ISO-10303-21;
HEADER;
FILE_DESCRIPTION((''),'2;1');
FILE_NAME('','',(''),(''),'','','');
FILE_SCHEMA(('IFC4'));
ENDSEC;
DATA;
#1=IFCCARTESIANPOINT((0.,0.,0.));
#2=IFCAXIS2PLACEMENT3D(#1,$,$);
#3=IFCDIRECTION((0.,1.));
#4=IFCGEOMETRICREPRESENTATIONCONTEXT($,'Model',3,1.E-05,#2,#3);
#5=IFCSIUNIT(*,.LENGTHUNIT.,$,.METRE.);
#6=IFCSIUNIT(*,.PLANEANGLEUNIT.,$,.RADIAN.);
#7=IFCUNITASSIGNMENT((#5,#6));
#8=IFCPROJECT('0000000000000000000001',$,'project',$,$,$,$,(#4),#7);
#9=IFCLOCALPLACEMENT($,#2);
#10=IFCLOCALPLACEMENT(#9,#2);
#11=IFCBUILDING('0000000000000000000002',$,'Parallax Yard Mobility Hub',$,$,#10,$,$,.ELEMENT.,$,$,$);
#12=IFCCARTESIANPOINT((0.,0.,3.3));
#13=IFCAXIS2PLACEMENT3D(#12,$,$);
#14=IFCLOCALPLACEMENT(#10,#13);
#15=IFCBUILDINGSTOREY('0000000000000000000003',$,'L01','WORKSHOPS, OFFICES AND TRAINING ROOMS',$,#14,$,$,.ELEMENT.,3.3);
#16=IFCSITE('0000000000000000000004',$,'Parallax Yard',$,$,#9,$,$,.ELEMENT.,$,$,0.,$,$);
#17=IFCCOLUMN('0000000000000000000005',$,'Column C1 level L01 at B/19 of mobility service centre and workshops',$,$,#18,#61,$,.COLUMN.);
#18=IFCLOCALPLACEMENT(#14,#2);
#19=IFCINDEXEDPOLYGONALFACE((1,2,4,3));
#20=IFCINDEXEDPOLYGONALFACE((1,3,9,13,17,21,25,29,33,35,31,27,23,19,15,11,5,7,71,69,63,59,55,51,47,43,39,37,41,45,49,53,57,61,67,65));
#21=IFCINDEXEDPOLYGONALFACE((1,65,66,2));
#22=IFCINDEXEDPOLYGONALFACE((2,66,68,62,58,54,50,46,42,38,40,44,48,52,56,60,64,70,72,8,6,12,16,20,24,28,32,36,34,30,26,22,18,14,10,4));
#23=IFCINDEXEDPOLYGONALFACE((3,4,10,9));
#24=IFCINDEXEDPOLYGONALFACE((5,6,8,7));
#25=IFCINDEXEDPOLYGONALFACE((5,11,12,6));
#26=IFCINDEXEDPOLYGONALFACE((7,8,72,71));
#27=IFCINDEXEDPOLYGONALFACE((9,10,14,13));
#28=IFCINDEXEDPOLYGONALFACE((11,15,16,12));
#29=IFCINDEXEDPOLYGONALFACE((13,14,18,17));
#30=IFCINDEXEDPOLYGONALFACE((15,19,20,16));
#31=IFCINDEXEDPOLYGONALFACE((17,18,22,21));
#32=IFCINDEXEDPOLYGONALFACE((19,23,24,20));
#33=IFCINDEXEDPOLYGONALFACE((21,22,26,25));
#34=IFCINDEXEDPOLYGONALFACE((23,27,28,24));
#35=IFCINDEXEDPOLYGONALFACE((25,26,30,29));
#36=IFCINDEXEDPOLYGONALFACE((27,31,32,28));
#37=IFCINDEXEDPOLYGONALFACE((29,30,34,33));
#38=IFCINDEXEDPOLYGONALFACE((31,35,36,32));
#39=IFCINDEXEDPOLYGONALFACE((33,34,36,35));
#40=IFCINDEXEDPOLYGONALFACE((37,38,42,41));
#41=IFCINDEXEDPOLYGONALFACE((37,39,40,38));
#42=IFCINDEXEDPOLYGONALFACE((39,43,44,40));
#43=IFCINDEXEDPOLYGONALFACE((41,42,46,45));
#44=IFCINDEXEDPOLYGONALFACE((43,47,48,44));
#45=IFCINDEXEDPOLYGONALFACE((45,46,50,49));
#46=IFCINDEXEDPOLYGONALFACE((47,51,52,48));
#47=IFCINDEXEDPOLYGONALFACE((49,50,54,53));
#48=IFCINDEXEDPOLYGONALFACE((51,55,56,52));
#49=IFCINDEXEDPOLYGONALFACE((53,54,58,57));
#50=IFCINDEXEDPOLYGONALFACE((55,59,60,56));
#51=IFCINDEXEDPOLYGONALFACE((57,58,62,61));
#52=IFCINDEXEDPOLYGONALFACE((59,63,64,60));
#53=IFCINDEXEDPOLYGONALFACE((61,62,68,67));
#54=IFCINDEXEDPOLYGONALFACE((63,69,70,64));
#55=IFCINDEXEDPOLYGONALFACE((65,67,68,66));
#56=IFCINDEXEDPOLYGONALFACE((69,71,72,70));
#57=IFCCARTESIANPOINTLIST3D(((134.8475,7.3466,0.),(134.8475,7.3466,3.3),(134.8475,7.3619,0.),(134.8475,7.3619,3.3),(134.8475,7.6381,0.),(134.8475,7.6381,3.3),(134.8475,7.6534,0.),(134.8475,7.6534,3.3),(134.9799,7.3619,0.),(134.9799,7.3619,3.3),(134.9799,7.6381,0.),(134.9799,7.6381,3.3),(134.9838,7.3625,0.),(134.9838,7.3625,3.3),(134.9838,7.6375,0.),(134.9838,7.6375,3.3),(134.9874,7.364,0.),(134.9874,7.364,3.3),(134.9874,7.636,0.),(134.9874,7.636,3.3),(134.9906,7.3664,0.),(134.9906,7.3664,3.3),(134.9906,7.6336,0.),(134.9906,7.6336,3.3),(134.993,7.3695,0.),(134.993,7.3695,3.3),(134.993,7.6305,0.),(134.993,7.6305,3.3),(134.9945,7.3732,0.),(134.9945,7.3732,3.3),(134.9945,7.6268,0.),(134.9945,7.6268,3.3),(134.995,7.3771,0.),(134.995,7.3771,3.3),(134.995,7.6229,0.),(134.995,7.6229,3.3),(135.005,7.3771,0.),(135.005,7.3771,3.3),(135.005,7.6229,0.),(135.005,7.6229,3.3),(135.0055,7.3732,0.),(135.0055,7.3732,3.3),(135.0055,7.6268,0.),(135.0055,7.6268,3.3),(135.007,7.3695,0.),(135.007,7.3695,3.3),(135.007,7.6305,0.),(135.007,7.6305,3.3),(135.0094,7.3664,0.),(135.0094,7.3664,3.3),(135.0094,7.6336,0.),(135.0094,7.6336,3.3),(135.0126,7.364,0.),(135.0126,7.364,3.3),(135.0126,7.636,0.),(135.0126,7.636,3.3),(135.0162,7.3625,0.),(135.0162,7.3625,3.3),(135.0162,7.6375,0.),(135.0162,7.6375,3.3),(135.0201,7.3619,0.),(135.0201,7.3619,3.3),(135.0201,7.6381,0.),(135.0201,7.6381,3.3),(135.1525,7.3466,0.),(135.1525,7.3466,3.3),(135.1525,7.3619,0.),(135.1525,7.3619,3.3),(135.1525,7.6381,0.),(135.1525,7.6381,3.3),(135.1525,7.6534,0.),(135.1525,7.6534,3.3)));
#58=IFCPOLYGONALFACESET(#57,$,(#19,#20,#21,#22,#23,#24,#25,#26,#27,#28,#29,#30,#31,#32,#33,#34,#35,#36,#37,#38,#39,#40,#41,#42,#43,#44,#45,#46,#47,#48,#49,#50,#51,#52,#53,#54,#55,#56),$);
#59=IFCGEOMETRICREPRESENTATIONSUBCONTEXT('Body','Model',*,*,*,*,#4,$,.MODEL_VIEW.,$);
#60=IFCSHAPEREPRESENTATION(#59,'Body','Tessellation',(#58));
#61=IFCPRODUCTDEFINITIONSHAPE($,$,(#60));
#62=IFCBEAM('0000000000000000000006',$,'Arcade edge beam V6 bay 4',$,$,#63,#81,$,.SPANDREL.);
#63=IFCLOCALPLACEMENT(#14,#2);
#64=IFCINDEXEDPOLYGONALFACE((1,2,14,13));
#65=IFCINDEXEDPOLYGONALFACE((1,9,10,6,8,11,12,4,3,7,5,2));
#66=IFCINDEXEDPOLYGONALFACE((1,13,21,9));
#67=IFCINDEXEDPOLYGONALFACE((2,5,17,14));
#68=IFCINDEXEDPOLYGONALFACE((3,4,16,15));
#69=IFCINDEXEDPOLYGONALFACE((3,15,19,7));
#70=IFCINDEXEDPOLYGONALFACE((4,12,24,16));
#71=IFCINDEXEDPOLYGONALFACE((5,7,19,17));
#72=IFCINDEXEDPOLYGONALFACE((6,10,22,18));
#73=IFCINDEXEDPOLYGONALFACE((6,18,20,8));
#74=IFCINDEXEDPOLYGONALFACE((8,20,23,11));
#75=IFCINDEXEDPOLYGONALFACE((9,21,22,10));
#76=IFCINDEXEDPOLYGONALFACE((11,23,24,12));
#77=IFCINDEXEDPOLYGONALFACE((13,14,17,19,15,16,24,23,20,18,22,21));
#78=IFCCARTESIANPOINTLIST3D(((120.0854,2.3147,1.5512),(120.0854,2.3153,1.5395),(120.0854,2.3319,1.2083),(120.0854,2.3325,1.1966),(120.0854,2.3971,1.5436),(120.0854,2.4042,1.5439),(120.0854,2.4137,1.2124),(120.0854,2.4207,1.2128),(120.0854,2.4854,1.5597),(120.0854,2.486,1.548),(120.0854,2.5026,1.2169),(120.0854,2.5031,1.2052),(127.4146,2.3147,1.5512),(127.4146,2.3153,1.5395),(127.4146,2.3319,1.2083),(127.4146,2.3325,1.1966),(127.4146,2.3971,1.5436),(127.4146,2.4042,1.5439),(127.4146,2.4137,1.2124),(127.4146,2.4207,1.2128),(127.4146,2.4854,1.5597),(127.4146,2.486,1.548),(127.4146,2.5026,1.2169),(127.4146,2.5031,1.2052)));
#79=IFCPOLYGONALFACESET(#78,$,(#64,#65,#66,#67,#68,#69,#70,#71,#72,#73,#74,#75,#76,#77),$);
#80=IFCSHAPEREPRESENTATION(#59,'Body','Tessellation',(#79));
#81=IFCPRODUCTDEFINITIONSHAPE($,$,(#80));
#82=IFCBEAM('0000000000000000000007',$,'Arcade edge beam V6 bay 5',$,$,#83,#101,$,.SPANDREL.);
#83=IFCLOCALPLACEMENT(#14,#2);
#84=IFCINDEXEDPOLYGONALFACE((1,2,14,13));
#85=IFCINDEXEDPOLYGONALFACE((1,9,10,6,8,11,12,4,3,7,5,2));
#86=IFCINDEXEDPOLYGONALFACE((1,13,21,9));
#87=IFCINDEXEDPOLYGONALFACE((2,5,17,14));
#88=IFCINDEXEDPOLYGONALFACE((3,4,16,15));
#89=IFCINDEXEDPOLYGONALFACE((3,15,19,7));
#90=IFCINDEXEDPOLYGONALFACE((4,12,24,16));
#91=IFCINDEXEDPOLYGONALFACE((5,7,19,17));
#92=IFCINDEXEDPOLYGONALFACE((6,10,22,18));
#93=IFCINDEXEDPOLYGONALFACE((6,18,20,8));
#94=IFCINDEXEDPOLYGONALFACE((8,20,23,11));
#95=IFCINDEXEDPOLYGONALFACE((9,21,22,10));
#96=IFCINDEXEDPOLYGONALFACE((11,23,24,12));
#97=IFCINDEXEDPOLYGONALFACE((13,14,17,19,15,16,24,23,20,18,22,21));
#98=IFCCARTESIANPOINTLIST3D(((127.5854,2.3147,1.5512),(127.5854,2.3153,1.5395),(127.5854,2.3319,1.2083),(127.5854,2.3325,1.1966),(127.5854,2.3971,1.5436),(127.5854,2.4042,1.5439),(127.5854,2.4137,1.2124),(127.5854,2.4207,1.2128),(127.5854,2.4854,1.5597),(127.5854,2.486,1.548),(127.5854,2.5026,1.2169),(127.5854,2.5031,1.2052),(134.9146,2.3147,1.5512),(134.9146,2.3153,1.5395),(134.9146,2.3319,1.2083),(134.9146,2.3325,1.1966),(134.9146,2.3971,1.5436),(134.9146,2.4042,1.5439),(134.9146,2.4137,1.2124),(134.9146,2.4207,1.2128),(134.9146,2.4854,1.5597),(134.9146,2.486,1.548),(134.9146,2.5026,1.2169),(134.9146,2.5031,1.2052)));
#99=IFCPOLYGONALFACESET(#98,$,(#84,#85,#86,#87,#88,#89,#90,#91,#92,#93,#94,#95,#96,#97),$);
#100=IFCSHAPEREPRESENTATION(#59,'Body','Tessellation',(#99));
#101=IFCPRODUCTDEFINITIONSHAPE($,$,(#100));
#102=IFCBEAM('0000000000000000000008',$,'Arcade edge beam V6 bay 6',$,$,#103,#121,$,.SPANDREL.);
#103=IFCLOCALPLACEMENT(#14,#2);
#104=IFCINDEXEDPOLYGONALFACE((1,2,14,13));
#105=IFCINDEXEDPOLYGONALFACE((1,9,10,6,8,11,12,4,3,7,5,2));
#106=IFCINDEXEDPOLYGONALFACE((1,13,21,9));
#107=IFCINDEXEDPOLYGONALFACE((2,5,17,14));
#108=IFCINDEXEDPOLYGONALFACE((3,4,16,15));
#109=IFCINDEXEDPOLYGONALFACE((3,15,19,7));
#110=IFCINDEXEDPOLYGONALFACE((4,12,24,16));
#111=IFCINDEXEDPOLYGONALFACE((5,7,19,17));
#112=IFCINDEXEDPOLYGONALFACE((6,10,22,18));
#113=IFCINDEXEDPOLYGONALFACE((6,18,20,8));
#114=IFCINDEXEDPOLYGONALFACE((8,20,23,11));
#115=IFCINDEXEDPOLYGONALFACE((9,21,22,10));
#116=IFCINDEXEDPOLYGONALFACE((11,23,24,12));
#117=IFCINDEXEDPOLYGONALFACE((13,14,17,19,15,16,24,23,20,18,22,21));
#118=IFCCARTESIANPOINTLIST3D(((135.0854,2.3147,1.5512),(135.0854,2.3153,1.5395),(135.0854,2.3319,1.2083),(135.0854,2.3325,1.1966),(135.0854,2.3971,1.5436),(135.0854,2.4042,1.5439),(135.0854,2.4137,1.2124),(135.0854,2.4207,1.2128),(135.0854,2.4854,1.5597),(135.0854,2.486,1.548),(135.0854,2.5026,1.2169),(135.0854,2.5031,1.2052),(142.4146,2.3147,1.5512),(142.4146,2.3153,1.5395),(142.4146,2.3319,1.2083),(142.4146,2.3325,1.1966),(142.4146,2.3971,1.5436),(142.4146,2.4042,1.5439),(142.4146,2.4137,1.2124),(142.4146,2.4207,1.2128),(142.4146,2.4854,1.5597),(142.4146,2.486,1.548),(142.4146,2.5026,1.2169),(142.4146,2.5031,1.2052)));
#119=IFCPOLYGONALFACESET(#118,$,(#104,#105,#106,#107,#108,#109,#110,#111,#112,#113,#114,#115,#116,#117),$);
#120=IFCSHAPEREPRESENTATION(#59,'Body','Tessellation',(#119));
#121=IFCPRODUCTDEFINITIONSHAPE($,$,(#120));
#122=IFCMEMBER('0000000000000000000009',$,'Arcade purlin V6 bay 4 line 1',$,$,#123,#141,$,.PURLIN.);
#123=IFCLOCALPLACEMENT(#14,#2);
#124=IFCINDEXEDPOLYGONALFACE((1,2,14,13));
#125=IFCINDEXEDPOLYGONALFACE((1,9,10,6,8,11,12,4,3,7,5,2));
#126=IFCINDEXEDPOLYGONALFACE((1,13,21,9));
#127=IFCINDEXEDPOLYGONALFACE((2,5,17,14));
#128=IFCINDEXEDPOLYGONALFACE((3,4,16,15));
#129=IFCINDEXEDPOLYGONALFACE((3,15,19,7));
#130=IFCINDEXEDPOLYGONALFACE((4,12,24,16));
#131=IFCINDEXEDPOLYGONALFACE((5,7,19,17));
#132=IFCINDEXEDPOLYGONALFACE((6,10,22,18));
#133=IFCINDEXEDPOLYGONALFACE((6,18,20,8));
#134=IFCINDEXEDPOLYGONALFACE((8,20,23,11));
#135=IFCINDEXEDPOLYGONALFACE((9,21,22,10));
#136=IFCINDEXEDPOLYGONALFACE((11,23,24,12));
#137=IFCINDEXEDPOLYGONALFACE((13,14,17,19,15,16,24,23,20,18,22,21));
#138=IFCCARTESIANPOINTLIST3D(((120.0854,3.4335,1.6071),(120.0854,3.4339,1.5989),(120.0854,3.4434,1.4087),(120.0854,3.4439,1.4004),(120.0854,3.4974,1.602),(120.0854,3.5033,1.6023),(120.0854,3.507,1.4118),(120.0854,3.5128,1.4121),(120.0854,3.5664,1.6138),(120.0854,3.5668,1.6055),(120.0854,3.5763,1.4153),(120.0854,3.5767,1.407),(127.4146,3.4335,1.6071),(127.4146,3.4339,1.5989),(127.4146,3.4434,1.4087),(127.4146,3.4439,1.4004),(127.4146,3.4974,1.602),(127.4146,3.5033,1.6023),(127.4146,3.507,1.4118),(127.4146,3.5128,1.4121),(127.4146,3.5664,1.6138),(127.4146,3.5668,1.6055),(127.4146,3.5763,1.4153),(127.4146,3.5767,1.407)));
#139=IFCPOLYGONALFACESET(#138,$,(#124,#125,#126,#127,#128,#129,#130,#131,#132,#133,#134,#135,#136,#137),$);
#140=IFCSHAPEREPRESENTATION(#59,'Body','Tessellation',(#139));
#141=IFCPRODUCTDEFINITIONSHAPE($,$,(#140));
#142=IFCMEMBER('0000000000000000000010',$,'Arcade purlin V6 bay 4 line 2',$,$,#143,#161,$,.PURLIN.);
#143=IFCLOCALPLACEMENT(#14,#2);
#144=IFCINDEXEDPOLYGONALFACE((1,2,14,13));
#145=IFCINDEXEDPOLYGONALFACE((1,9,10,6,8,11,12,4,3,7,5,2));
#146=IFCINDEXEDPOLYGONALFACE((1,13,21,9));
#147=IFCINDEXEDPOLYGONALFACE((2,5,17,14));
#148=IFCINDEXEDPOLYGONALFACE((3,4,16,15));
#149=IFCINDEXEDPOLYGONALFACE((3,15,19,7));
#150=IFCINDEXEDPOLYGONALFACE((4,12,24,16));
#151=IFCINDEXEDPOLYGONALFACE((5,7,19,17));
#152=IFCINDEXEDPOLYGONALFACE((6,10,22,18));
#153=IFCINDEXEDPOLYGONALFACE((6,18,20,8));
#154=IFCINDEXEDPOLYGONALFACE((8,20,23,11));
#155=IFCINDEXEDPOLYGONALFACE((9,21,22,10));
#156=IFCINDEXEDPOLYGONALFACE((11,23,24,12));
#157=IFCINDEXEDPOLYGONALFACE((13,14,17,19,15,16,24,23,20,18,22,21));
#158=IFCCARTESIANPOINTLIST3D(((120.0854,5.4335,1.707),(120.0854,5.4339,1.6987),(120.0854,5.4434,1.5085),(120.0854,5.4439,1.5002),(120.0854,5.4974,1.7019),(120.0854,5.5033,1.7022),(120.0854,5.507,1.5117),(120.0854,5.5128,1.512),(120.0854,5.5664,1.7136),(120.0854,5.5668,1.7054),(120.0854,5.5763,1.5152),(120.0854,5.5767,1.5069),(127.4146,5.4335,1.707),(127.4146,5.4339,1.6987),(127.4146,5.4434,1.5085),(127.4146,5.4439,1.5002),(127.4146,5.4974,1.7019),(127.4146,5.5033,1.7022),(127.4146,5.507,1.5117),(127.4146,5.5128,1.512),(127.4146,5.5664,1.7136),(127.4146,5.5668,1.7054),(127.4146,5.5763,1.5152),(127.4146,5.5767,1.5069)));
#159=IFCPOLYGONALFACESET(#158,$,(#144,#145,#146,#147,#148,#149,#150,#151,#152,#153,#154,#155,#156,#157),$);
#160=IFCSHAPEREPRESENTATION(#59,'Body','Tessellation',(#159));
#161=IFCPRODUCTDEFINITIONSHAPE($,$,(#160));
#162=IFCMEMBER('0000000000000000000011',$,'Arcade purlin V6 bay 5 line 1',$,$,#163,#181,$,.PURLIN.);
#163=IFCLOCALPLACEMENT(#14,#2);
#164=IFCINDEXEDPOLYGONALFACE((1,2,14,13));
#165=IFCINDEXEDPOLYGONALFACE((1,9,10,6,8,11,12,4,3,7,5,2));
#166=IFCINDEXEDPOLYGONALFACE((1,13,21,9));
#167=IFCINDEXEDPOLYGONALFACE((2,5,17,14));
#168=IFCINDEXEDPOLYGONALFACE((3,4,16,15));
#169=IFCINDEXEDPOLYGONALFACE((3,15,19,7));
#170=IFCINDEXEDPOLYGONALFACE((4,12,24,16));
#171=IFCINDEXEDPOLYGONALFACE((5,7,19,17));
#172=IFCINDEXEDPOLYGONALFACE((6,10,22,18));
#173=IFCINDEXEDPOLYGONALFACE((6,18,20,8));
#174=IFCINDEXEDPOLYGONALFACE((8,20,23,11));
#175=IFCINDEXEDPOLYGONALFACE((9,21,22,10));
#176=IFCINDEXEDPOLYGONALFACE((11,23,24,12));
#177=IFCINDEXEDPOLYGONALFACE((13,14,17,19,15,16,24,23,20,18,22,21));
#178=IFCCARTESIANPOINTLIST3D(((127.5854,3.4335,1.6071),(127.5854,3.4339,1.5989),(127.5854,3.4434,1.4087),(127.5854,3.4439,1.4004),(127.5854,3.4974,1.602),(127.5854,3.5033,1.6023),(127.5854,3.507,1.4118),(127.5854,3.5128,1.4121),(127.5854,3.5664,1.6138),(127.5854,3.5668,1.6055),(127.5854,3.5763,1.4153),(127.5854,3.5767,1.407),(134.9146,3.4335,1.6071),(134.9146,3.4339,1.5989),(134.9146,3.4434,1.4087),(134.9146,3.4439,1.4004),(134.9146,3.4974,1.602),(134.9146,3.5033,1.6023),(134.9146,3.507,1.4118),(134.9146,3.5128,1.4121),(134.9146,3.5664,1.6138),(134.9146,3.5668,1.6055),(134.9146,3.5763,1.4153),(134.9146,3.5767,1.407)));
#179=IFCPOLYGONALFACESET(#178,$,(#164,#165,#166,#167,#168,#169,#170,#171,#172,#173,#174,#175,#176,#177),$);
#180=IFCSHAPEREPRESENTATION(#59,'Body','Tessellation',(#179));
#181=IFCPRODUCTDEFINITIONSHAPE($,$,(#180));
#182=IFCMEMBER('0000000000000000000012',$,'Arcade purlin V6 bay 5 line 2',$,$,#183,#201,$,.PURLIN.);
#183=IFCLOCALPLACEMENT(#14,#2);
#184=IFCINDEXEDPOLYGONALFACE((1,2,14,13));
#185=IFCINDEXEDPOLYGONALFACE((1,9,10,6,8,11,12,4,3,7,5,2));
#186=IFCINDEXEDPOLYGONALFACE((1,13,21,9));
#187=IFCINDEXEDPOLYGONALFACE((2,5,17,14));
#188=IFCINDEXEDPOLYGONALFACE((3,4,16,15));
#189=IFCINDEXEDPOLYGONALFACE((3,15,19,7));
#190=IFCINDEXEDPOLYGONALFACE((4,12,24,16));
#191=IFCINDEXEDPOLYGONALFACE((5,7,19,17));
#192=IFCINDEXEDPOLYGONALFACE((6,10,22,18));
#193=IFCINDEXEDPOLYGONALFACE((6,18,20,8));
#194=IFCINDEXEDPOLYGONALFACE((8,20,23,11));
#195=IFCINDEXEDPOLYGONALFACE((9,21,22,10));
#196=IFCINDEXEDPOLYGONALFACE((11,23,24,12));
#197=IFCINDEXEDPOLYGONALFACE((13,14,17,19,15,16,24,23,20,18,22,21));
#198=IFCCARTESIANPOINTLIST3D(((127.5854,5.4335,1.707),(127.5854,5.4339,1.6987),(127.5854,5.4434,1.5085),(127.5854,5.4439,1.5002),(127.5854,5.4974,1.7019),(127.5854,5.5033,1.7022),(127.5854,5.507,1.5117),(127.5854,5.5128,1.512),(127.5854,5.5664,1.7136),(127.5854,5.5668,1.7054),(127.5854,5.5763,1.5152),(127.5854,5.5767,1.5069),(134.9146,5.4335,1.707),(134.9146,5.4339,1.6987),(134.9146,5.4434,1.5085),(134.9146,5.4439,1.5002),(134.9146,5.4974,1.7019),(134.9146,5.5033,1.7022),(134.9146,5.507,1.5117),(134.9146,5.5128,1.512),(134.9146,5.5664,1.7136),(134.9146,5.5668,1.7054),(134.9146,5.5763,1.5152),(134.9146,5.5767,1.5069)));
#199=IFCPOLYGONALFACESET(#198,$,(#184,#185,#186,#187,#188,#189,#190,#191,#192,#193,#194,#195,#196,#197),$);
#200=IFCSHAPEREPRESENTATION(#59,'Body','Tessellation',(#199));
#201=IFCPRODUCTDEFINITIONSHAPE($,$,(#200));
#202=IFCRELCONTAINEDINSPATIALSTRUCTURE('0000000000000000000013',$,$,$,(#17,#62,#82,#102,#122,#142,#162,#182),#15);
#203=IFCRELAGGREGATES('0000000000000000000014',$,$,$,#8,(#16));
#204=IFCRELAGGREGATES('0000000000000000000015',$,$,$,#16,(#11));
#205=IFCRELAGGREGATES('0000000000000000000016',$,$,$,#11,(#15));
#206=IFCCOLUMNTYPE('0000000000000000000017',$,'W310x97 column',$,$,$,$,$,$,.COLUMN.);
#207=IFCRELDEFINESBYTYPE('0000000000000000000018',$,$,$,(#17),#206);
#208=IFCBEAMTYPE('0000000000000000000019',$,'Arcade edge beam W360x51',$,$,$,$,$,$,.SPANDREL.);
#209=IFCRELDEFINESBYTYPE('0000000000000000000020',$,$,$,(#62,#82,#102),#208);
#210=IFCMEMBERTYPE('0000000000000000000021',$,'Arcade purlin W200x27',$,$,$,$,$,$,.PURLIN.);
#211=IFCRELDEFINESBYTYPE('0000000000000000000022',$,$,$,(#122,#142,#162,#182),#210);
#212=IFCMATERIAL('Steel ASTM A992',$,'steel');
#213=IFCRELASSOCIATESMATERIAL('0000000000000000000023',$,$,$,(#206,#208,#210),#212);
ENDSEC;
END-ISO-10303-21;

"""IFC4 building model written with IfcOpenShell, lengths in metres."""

from ifc_helpers import new_model, si_unit, direction, frame, origin, origin_2d, place, context, subcontext, project, spatial, i_section, extrude, material, material_profile, profile_set, type_object, element, save


model = new_model("IFC4")

# Units and contexts
model_context = context("Model", 3, precision=1e-05, world=origin(), true_north=direction((0.0, 1.0)))
body_context = subcontext(model_context, "Body", "Model", "MODEL_VIEW")
ifc_project = project(units=[si_unit("LENGTHUNIT", "METRE"), si_unit("PLANEANGLEUNIT", "RADIAN")], contexts=[model_context])

# Site, building, storey
site_placement = place(None, origin())
site = spatial("IfcSite", under=ifc_project, at=site_placement, Name="Parallax Yard", CompositionType="ELEMENT", RefElevation=0.0)
building_placement = place(site_placement, origin())
building = spatial("IfcBuilding", under=site, at=building_placement, Name="Parallax Yard Mobility Hub", CompositionType="ELEMENT")
storey_placement = place(building_placement, frame((0.0, 0.0, 3.3)))
storey = spatial("IfcBuildingStorey", under=building, at=storey_placement, Name="L01", Description="WORKSHOPS, OFFICES AND TRAINING ROOMS", CompositionType="ELEMENT", Elevation=3.3)

# Column
ifc_material_1 = material(Name="Steel ASTM A992", Category="steel")
ifc_material_profile_1 = material_profile(ifc_material_1, i_section(OverallWidth=0.3049, OverallDepth=0.3069, WebThickness=0.01, FlangeThickness=0.0154, FilletRadius=0.0151, at=origin_2d()), Name="W310x97")
ifc_profile_set_1 = profile_set([ifc_material_profile_1], Name="Steel ASTM A992")
column_type_1 = type_object("IfcColumnType", Name="W310x97 column", PredefinedType="COLUMN", material=ifc_profile_set_1)
for number, where, z_axis, x_axis, name in (
    (1, (135.0, 7.5, 0.0), (0.0, 0.0, 1.0), (1.0, 0.0, 0.0), "Column C1 level L01 at B/19 of mobility service centre and workshops"),
):
    element("IfcColumn", number, at=place(storey_placement, frame(where, z_axis=z_axis, x_axis=x_axis)), inside=storey, type_object=column_type_1, Name=name, PredefinedType="COLUMN", context=body_context, shape_type="SweptSolid", body=[
        extrude(i_section(OverallWidth=0.3049, OverallDepth=0.3069, WebThickness=0.01, FlangeThickness=0.0154, FilletRadius=0.0151, at=origin_2d()), origin(), (0.0, 0.0, 1.0), 3.3),
    ])

# Beams
ifc_material_profile_2 = material_profile(ifc_material_1, i_section(OverallWidth=0.1709, OverallDepth=0.355, WebThickness=0.0071, FlangeThickness=0.0117, at=origin_2d()), Name="W360x51")
ifc_profile_set_2 = profile_set([ifc_material_profile_2], Name="Steel ASTM A992")
beam_type_1 = type_object("IfcBeamType", Name="Arcade edge beam W360x51", PredefinedType="SPANDREL", material=ifc_profile_set_2)
for number, where, z_axis, x_axis, name in (
    (2, (120.0854, 2.4089, 1.3782), (1.0, 0.0, 0.0), (0.0, 0.998752, 0.049938), "Arcade edge beam V6 bay 4"),
    (3, (127.5854, 2.4089, 1.3782), (1.0, 0.0, 0.0), (0.0, 0.998752, 0.049938), "Arcade edge beam V6 bay 5"),
    (4, (135.0854, 2.4089, 1.3782), (1.0, 0.0, 0.0), (0.0, 0.998752, 0.049938), "Arcade edge beam V6 bay 6"),
):
    element("IfcBeam", number, at=place(storey_placement, frame(where, z_axis=z_axis, x_axis=x_axis)), inside=storey, type_object=beam_type_1, Name=name, PredefinedType="SPANDREL", context=body_context, shape_type="SweptSolid", body=[
        extrude(i_section(OverallWidth=0.1709, OverallDepth=0.355, WebThickness=0.0071, FlangeThickness=0.0117, at=origin_2d()), origin(), (0.0, 0.0, 1.0), 7.3291),
    ])

# Members
ifc_material_profile_3 = material_profile(ifc_material_1, i_section(OverallWidth=0.1331, OverallDepth=0.207, WebThickness=0.0059, FlangeThickness=0.0083, at=origin_2d()), Name="W200x27")
ifc_profile_set_3 = profile_set([ifc_material_profile_3], Name="Steel ASTM A992")
member_type_1 = type_object("IfcMemberType", Name="Arcade purlin W200x27", PredefinedType="PURLIN", material=ifc_profile_set_3)
for number, where, z_axis, x_axis, name in (
    (5, (120.0854, 3.5051, 1.5071), (1.0, 0.0, 0.0), (0.0, 0.998752, 0.049938), "Arcade purlin V6 bay 4 line 1"),
    (6, (120.0854, 5.5051, 1.6069), (1.0, 0.0, 0.0), (0.0, 0.998752, 0.049938), "Arcade purlin V6 bay 4 line 2"),
    (7, (127.5854, 3.5051, 1.5071), (1.0, 0.0, 0.0), (0.0, 0.998752, 0.049938), "Arcade purlin V6 bay 5 line 1"),
    (8, (127.5854, 5.5051, 1.6069), (1.0, 0.0, 0.0), (0.0, 0.998752, 0.049938), "Arcade purlin V6 bay 5 line 2"),
):
    element("IfcMember", number, at=place(storey_placement, frame(where, z_axis=z_axis, x_axis=x_axis)), inside=storey, type_object=member_type_1, Name=name, PredefinedType="PURLIN", context=body_context, shape_type="SweptSolid", body=[
        extrude(i_section(OverallWidth=0.1331, OverallDepth=0.207, WebThickness=0.0059, FlangeThickness=0.0083, at=origin_2d()), origin(), (0.0, 0.0, 1.0), 7.3291),
    ])

save(model, "model.ifc")
